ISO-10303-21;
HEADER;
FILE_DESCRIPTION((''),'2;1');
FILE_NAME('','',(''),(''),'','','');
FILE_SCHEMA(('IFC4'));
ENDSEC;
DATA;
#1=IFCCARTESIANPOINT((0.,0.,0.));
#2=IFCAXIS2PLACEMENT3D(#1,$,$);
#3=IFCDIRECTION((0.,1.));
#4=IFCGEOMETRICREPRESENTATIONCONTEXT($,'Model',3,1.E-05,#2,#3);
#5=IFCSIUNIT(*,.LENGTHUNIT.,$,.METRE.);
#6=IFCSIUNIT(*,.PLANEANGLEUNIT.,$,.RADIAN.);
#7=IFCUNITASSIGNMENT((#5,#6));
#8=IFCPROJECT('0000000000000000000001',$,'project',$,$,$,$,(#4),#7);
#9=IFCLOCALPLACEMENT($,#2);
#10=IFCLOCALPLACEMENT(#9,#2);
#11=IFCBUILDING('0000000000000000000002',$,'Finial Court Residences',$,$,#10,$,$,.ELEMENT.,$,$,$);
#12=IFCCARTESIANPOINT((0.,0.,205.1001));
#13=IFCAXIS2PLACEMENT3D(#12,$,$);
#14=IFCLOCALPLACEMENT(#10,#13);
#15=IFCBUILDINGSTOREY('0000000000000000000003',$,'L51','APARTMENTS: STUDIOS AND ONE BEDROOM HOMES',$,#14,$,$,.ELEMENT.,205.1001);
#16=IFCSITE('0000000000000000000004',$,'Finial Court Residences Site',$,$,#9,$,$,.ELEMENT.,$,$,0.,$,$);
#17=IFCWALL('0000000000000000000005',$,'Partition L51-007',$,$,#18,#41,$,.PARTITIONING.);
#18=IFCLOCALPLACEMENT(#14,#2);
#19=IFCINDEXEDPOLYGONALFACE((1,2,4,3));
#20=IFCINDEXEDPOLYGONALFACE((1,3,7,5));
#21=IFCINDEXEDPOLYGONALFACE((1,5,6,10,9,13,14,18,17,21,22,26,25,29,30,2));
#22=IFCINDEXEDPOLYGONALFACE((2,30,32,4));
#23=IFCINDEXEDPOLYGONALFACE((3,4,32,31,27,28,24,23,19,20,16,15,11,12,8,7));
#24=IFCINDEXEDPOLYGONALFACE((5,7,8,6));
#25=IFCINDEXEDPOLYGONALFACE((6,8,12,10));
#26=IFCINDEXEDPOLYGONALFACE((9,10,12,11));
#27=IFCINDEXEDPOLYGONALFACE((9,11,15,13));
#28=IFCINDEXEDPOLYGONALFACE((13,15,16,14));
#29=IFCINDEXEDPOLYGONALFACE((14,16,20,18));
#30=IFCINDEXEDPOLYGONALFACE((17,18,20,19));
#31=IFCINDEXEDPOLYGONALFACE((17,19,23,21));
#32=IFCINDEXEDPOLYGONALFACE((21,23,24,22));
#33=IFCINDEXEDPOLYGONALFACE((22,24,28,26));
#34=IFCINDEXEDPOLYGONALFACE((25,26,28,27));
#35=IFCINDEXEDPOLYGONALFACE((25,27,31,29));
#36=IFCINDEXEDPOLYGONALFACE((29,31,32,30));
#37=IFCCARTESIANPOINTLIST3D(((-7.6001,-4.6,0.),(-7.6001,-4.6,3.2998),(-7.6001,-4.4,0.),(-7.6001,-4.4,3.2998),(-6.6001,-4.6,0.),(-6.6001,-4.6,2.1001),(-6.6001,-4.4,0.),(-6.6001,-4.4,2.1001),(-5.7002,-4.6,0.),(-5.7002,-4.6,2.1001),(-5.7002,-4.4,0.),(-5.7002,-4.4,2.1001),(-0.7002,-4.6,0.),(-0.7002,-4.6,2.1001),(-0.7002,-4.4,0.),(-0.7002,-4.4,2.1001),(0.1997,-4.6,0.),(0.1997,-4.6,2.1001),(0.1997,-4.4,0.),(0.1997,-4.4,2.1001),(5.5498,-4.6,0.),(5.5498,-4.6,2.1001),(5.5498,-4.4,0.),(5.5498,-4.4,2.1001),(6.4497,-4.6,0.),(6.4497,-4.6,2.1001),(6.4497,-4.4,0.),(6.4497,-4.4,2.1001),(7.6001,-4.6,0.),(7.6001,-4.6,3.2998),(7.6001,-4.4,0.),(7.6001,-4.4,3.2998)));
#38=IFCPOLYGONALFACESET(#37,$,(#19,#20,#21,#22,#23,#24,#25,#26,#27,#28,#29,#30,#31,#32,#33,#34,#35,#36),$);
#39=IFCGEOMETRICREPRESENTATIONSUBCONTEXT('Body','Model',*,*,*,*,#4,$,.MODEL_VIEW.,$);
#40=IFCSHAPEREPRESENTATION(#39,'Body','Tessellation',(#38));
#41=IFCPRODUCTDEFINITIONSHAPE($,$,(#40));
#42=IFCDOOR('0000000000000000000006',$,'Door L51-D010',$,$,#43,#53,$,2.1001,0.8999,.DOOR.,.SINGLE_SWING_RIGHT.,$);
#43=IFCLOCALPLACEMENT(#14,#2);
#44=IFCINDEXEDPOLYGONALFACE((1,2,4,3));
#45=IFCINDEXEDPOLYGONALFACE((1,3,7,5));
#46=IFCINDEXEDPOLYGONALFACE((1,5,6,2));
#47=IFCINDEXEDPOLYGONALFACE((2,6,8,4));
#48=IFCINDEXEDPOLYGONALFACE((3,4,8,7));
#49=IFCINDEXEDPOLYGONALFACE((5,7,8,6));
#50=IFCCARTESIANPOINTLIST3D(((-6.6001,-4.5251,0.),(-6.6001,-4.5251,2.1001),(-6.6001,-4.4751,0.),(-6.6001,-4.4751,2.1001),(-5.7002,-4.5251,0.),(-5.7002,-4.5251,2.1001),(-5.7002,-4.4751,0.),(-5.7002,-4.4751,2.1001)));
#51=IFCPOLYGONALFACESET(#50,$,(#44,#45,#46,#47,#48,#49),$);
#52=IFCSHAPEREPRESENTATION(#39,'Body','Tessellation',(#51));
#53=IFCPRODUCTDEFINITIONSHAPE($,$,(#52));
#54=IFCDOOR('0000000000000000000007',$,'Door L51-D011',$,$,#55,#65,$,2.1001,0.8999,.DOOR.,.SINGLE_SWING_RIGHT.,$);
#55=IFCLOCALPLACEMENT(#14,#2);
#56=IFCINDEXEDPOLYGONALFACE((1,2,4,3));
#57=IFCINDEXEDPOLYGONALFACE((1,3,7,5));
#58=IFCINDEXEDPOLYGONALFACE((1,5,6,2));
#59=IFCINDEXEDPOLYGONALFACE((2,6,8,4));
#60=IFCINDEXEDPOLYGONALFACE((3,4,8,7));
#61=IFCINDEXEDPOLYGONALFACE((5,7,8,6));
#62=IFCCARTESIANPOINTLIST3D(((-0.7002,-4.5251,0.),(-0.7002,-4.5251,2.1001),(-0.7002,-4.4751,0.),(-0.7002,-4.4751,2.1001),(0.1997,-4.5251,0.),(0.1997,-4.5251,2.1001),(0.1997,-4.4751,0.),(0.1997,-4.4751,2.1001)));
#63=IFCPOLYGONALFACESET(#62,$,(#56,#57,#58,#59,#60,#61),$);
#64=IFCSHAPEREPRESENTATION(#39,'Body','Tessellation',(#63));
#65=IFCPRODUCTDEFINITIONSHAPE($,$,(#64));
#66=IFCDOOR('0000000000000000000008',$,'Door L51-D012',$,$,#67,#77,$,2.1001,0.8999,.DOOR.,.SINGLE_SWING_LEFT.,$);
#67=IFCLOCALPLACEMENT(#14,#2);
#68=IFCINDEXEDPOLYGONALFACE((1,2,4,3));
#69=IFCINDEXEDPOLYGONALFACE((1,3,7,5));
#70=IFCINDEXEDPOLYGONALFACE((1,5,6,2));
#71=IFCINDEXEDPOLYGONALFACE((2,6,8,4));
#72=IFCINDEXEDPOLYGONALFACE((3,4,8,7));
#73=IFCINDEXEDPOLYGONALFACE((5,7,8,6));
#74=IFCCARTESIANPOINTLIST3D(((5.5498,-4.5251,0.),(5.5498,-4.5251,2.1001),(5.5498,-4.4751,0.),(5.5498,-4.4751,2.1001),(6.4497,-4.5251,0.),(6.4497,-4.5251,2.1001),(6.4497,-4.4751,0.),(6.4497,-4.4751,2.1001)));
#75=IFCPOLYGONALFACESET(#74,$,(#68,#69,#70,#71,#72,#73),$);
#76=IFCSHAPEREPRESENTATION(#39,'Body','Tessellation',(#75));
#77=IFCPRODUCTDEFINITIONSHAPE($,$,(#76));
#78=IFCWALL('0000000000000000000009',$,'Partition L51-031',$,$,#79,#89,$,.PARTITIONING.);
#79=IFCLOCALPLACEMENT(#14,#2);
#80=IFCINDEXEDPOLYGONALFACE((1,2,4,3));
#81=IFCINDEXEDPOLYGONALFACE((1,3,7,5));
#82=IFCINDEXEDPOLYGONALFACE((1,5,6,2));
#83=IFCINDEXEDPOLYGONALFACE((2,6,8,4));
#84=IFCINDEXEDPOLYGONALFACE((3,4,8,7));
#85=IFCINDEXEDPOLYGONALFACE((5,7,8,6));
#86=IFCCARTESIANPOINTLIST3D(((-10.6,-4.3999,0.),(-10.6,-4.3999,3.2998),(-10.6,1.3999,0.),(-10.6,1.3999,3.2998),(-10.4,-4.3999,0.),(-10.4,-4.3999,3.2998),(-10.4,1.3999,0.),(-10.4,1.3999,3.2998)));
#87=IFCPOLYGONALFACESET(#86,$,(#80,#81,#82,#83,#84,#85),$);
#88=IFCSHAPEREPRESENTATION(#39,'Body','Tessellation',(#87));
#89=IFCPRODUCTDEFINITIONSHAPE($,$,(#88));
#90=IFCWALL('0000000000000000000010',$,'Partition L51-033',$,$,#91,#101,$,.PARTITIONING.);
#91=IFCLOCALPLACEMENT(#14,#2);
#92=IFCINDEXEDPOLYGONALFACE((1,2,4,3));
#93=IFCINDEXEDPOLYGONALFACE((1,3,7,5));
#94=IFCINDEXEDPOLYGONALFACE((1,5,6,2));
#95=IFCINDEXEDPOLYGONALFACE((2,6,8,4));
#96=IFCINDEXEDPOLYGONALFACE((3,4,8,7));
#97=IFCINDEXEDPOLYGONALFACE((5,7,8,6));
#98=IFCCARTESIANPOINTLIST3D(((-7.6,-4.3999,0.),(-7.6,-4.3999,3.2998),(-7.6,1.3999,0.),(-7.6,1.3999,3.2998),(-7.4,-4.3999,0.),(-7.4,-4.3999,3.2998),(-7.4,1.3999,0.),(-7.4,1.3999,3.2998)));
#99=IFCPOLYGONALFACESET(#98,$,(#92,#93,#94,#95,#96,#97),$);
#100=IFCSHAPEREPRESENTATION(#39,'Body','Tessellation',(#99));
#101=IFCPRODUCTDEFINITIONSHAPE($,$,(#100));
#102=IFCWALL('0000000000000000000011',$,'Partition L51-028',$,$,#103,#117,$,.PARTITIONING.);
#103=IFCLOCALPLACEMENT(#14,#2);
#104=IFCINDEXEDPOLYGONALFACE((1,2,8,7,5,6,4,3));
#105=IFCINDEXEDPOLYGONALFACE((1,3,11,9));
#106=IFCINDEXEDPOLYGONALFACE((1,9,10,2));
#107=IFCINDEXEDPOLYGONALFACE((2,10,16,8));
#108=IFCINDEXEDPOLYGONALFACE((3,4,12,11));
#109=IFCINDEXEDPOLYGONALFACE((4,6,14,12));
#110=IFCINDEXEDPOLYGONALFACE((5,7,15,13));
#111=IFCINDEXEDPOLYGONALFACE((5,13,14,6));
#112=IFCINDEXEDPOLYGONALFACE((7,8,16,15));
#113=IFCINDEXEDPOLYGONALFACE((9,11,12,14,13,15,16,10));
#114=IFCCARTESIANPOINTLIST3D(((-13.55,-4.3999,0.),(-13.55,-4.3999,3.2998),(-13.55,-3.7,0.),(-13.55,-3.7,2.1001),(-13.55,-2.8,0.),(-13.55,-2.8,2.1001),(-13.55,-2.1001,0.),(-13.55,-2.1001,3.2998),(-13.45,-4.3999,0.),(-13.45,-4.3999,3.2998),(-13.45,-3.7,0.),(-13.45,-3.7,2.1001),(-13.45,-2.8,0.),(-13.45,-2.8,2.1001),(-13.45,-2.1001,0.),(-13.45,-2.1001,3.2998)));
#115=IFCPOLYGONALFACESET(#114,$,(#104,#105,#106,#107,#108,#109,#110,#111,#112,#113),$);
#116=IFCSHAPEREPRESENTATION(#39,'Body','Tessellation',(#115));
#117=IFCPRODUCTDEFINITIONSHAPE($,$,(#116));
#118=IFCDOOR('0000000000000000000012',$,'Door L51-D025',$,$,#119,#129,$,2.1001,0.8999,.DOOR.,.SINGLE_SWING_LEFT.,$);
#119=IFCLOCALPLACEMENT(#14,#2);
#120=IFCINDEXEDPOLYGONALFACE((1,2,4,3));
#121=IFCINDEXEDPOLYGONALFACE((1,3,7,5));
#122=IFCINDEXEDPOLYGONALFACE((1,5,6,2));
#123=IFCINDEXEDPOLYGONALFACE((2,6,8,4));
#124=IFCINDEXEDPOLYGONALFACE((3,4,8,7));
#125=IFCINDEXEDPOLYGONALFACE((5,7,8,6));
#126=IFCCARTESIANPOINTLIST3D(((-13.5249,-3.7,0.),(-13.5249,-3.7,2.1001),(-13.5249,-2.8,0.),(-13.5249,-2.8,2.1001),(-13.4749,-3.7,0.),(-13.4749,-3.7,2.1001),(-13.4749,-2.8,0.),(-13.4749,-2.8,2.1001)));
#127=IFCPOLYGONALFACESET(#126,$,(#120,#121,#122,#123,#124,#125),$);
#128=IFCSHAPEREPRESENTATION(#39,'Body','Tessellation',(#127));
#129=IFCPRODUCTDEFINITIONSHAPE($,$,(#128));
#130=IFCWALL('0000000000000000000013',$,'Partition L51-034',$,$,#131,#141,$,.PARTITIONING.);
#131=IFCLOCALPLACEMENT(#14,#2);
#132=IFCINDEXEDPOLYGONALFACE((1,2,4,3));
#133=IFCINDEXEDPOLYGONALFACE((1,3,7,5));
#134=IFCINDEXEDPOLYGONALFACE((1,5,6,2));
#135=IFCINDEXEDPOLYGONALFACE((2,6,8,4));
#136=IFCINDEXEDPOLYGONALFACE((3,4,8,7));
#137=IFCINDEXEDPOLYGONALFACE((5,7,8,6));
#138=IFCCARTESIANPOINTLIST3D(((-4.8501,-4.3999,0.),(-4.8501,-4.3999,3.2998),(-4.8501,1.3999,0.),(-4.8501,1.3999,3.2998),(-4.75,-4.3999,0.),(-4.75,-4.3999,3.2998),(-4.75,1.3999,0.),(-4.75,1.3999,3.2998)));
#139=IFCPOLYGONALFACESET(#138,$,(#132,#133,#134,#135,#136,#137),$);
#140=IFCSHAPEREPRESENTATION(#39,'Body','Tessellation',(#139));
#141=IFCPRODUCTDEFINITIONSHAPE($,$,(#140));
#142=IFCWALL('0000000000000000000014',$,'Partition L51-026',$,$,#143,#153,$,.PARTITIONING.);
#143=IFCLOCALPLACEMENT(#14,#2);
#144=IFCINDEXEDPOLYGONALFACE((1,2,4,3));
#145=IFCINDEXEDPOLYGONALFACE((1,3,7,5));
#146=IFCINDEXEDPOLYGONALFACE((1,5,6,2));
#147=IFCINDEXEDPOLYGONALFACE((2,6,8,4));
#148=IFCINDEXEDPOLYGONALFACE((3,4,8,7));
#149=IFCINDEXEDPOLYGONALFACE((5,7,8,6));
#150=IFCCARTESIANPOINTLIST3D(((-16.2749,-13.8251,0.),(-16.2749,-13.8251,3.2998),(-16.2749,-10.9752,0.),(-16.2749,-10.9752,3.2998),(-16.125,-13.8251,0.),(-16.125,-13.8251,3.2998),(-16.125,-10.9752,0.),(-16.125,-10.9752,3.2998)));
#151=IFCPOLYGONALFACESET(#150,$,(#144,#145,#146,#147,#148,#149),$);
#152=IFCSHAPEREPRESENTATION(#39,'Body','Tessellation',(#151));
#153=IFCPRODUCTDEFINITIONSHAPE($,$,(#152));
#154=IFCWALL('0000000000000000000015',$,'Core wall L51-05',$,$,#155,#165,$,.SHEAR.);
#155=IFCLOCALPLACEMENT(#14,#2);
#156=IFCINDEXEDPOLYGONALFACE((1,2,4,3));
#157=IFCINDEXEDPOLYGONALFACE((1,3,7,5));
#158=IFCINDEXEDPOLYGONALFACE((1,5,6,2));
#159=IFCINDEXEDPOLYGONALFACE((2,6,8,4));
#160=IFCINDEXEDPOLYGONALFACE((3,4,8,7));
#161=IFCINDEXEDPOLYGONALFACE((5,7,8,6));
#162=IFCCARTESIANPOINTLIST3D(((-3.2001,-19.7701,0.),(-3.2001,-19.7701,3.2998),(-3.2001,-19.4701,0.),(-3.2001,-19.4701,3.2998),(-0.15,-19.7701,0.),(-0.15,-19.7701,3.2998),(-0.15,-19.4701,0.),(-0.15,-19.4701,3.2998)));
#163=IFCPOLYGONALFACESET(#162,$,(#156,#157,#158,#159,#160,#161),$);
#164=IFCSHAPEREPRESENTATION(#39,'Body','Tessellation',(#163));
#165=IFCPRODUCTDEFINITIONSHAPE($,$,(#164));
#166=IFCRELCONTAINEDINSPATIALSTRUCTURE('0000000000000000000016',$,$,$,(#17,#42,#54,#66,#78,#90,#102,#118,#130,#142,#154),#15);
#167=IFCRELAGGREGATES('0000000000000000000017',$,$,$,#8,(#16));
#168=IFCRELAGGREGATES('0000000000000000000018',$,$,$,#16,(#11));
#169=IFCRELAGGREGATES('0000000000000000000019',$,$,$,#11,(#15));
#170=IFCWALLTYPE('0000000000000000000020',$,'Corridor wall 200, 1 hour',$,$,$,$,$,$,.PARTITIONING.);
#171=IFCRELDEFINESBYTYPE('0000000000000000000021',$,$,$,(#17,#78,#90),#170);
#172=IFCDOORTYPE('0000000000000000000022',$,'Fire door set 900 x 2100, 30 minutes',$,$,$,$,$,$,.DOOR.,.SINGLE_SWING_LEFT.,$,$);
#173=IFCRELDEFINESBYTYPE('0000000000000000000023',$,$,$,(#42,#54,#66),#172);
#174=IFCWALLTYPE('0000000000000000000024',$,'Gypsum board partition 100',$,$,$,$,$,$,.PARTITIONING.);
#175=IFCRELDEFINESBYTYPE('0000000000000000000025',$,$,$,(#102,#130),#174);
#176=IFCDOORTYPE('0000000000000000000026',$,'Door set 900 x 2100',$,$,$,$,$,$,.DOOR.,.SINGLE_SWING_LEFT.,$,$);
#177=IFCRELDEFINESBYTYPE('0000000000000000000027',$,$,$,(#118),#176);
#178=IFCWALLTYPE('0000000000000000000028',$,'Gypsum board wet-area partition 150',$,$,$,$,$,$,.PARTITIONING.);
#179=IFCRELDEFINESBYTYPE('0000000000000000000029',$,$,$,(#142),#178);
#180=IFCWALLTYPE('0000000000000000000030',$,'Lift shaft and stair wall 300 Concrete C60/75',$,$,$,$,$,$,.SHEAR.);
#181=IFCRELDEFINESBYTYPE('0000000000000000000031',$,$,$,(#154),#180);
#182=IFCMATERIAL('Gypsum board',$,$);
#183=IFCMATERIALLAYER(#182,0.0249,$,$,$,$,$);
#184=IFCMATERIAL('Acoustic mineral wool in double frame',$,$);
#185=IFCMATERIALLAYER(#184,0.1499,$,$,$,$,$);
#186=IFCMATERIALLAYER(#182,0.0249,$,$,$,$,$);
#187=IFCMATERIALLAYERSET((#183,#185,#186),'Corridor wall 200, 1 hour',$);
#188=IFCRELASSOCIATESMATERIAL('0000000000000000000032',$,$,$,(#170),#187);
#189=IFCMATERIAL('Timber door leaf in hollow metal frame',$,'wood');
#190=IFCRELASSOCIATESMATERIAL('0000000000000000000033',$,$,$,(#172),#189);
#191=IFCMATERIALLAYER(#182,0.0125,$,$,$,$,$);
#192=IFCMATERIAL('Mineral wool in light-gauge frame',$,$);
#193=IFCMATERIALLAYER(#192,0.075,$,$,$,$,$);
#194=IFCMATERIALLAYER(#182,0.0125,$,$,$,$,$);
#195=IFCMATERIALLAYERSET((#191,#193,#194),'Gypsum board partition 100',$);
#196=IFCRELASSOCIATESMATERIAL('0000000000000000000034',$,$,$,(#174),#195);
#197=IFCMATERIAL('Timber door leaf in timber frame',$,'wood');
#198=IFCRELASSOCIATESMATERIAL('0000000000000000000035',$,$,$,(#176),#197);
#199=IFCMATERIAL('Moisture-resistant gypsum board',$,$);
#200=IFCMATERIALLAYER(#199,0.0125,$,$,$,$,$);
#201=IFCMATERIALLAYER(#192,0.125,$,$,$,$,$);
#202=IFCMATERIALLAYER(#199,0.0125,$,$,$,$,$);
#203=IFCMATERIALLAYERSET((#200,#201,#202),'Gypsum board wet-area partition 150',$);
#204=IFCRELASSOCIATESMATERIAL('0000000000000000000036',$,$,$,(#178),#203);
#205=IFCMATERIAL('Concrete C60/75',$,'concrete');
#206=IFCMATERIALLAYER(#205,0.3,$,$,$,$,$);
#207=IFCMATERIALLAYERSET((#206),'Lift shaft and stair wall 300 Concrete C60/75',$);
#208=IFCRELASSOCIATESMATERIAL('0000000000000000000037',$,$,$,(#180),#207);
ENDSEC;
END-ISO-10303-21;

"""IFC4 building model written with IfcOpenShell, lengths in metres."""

from ifc_helpers import new_model, si_unit, direction, frame, frame_2d, origin, place, context, subcontext, project, spatial, rectangle, extrude, material, layer, layer_set, type_object, element, fill, save


model = new_model("IFC4")

# Units and contexts
model_context = context("Model", 3, precision=1e-05, world=origin(), true_north=direction((0.0, 1.0)))
body_context = subcontext(model_context, "Body", "Model", "MODEL_VIEW")
ifc_project = project(units=[si_unit("LENGTHUNIT", "METRE"), si_unit("PLANEANGLEUNIT", "RADIAN")], contexts=[model_context])

# Site, building, storey
site_placement = place(None, origin())
site = spatial("IfcSite", under=ifc_project, at=site_placement, Name="Finial Court Residences Site", CompositionType="ELEMENT", RefElevation=0.0)
building_placement = place(site_placement, origin())
building = spatial("IfcBuilding", under=site, at=building_placement, Name="Finial Court Residences", CompositionType="ELEMENT")
storey_placement = place(building_placement, frame((0.0, 0.0, 205.1001)))
storey = spatial("IfcBuildingStorey", under=building, at=storey_placement, Name="L51", Description="APARTMENTS: STUDIOS AND ONE BEDROOM HOMES", CompositionType="ELEMENT", Elevation=205.1001)

# Shared definitions
ifc_material_1 = material(Name="Concrete C60/75", Category="concrete")

# Wall, openings, doors
ifc_material_2 = material(Name="Gypsum board")
ifc_layer_1 = layer(ifc_material_2, 0.0249)
ifc_material_3 = material(Name="Acoustic mineral wool in double frame")
ifc_layer_2 = layer(ifc_material_3, 0.1499)
ifc_layer_3 = layer(ifc_material_2, 0.0249)
ifc_layer_set_1 = layer_set([ifc_layer_1, ifc_layer_2, ifc_layer_3], Name="Corridor wall 200, 1 hour")
wall_type_1 = type_object("IfcWallType", Name="Corridor wall 200, 1 hour", PredefinedType="PARTITIONING", material=ifc_layer_set_1)
wall_1_placement = place(storey_placement, frame((-7.6001, -4.5, 0.0), z_axis=(0.0, 0.0, 1.0), x_axis=(1.0, 0.0, 0.0)))
wall_1 = element("IfcWall", 1, at=wall_1_placement, inside=storey, type_object=wall_type_1, Name="Partition L51-007", PredefinedType="PARTITIONING", context=body_context, shape_type="SweptSolid", body=[
    extrude(rectangle(XDim=15.2002, YDim=0.2, at=frame_2d((7.6001, 0.0))), origin(), (0.0, 0.0, 1.0), 3.2998),
])
opening_1_placement = place(wall_1_placement, frame((1.0, 0.0, 0.0)))
opening_1 = element("IfcOpeningElement", 2, at=opening_1_placement, cuts=wall_1, PredefinedType="OPENING", context=body_context, shape_type="SweptSolid", body=[
    extrude(rectangle(XDim=0.8999, YDim=2.1001, at=frame_2d((0.45, 1.05))), frame((0.0, 0.1099, 0.0), z_axis=(0.0, -1.0, 0.0), x_axis=(1.0, 0.0, 0.0)), (0.0, 0.0, 1.0), 0.22),
])
opening_2_placement = place(wall_1_placement, frame((6.8999, 0.0, 0.0)))
opening_2 = element("IfcOpeningElement", 3, at=opening_2_placement, cuts=wall_1, PredefinedType="OPENING", context=body_context, shape_type="SweptSolid", body=[
    extrude(rectangle(XDim=0.8999, YDim=2.1001, at=frame_2d((0.45, 1.05))), frame((0.0, 0.1099, 0.0), z_axis=(0.0, -1.0, 0.0), x_axis=(1.0, 0.0, 0.0)), (0.0, 0.0, 1.0), 0.22),
])
opening_3_placement = place(wall_1_placement, frame((13.1499, 0.0, 0.0)))
opening_3 = element("IfcOpeningElement", 4, at=opening_3_placement, cuts=wall_1, PredefinedType="OPENING", context=body_context, shape_type="SweptSolid", body=[
    extrude(rectangle(XDim=0.8999, YDim=2.1001, at=frame_2d((0.45, 1.05))), frame((0.0, 0.1099, 0.0), z_axis=(0.0, -1.0, 0.0), x_axis=(1.0, 0.0, 0.0)), (0.0, 0.0, 1.0), 0.22),
])
ifc_material_4 = material(Name="Timber door leaf in hollow metal frame", Category="wood")
door_type_1 = type_object("IfcDoorType", Name="Fire door set 900 x 2100, 30 minutes", OperationType="SINGLE_SWING_LEFT", PredefinedType="DOOR", material=ifc_material_4)
door_1_placement = place(opening_1_placement, origin())
door_1 = element("IfcDoor", 5, at=door_1_placement, inside=storey, type_object=door_type_1, Name="Door L51-D010", OperationType="SINGLE_SWING_RIGHT", OverallHeight=2.1001, OverallWidth=0.8999, PredefinedType="DOOR", context=body_context, shape_type="SweptSolid", body=[
    extrude(rectangle(XDim=0.8999, YDim=2.1001, at=frame_2d((0.45, 1.05))), frame((0.0, 0.0249, 0.0), z_axis=(0.0, -1.0, 0.0), x_axis=(1.0, 0.0, 0.0)), (0.0, 0.0, 1.0), 0.05),
])
fill(opening_1, door_1)
door_2_placement = place(opening_2_placement, origin())
door_2 = element("IfcDoor", 6, at=door_2_placement, inside=storey, type_object=door_type_1, Name="Door L51-D011", OperationType="SINGLE_SWING_RIGHT", OverallHeight=2.1001, OverallWidth=0.8999, PredefinedType="DOOR", context=body_context, shape_type="SweptSolid", body=[
    extrude(rectangle(XDim=0.8999, YDim=2.1001, at=frame_2d((0.45, 1.05))), frame((0.0, 0.0249, 0.0), z_axis=(0.0, -1.0, 0.0), x_axis=(1.0, 0.0, 0.0)), (0.0, 0.0, 1.0), 0.05),
])
fill(opening_2, door_2)
door_3_placement = place(opening_3_placement, origin())
door_3 = element("IfcDoor", 7, at=door_3_placement, inside=storey, type_object=door_type_1, Name="Door L51-D012", OperationType="SINGLE_SWING_LEFT", OverallHeight=2.1001, OverallWidth=0.8999, PredefinedType="DOOR", context=body_context, shape_type="SweptSolid", body=[
    extrude(rectangle(XDim=0.8999, YDim=2.1001, at=frame_2d((0.45, 1.05))), frame((0.0, 0.0249, 0.0), z_axis=(0.0, -1.0, 0.0), x_axis=(1.0, 0.0, 0.0)), (0.0, 0.0, 1.0), 0.05),
])
fill(opening_3, door_3)

# Walls
for number, where, z_axis, x_axis, name in (
    (8, (-10.5, -4.3999, 0.0), (0.0, 0.0, 1.0), (0.0, 1.0, 0.0), "Partition L51-031"),
    (9, (-7.5, -4.3999, 0.0), (0.0, 0.0, 1.0), (0.0, 1.0, 0.0), "Partition L51-033"),
):
    element("IfcWall", number, at=place(storey_placement, frame(where, z_axis=z_axis, x_axis=x_axis)), inside=storey, type_object=wall_type_1, Name=name, PredefinedType="PARTITIONING", context=body_context, shape_type="SweptSolid", body=[
        extrude(rectangle(XDim=5.7998, YDim=0.2, at=frame_2d((2.8999, 0.0))), origin(), (0.0, 0.0, 1.0), 3.2998),
    ])

# Wall, opening, door
ifc_layer_4 = layer(ifc_material_2, 0.0125)
ifc_material_5 = material(Name="Mineral wool in light-gauge frame")
ifc_layer_5 = layer(ifc_material_5, 0.075)
ifc_layer_6 = layer(ifc_material_2, 0.0125)
ifc_layer_set_2 = layer_set([ifc_layer_4, ifc_layer_5, ifc_layer_6], Name="Gypsum board partition 100")
wall_type_2 = type_object("IfcWallType", Name="Gypsum board partition 100", PredefinedType="PARTITIONING", material=ifc_layer_set_2)
wall_2_placement = place(storey_placement, frame((-13.5, -4.3999, 0.0), z_axis=(0.0, 0.0, 1.0), x_axis=(0.0, 1.0, 0.0)))
wall_2 = element("IfcWall", 10, at=wall_2_placement, inside=storey, type_object=wall_type_2, Name="Partition L51-028", PredefinedType="PARTITIONING", context=body_context, shape_type="SweptSolid", body=[
    extrude(rectangle(XDim=2.2998, YDim=0.1001, at=frame_2d((1.1499, 0.0))), origin(), (0.0, 0.0, 1.0), 3.2998),
])
opening_4_placement = place(wall_2_placement, frame((0.7, 0.0, 0.0)))
opening_4 = element("IfcOpeningElement", 11, at=opening_4_placement, cuts=wall_2, PredefinedType="OPENING", context=body_context, shape_type="SweptSolid", body=[
    extrude(rectangle(XDim=0.8999, YDim=2.1001, at=frame_2d((0.45, 1.05))), frame((0.0, 0.0601, 0.0), z_axis=(0.0, -1.0, 0.0), x_axis=(1.0, 0.0, 0.0)), (0.0, 0.0, 1.0), 0.1201),
])
ifc_material_6 = material(Name="Timber door leaf in timber frame", Category="wood")
door_type_2 = type_object("IfcDoorType", Name="Door set 900 x 2100", OperationType="SINGLE_SWING_LEFT", PredefinedType="DOOR", material=ifc_material_6)
door_4_placement = place(opening_4_placement, origin())
door_4 = element("IfcDoor", 12, at=door_4_placement, inside=storey, type_object=door_type_2, Name="Door L51-D025", OperationType="SINGLE_SWING_LEFT", OverallHeight=2.1001, OverallWidth=0.8999, PredefinedType="DOOR", context=body_context, shape_type="SweptSolid", body=[
    extrude(rectangle(XDim=0.8999, YDim=2.1001, at=frame_2d((0.45, 1.05))), frame((0.0, 0.0249, 0.0), z_axis=(0.0, -1.0, 0.0), x_axis=(1.0, 0.0, 0.0)), (0.0, 0.0, 1.0), 0.05),
])
fill(opening_4, door_4)

# Walls
wall_3_placement = place(storey_placement, frame((-4.8, -4.3999, 0.0), z_axis=(0.0, 0.0, 1.0), x_axis=(0.0, 1.0, 0.0)))
element("IfcWall", 13, at=wall_3_placement, inside=storey, type_object=wall_type_2, Name="Partition L51-034", PredefinedType="PARTITIONING", context=body_context, shape_type="SweptSolid", body=[
    extrude(rectangle(XDim=5.7998, YDim=0.1001, at=frame_2d((2.8999, 0.0))), origin(), (0.0, 0.0, 1.0), 3.2998),
])
ifc_material_7 = material(Name="Moisture-resistant gypsum board")
ifc_layer_7 = layer(ifc_material_7, 0.0125)
ifc_layer_8 = layer(ifc_material_5, 0.125)
ifc_layer_9 = layer(ifc_material_7, 0.0125)
ifc_layer_set_3 = layer_set([ifc_layer_7, ifc_layer_8, ifc_layer_9], Name="Gypsum board wet-area partition 150")
wall_type_3 = type_object("IfcWallType", Name="Gypsum board wet-area partition 150", PredefinedType="PARTITIONING", material=ifc_layer_set_3)
wall_4_placement = place(storey_placement, frame((-16.2, -13.825, 0.0), z_axis=(0.0, 0.0, 1.0), x_axis=(0.0, 1.0, 0.0)))
element("IfcWall", 14, at=wall_4_placement, inside=storey, type_object=wall_type_3, Name="Partition L51-026", PredefinedType="PARTITIONING", context=body_context, shape_type="SweptSolid", body=[
    extrude(rectangle(XDim=2.8499, YDim=0.1499, at=frame_2d((1.4248, 0.0))), origin(), (0.0, 0.0, 1.0), 3.2998),
])
ifc_layer_10 = layer(ifc_material_1, 0.3)
ifc_layer_set_4 = layer_set([ifc_layer_10], Name="Lift shaft and stair wall 300 Concrete C60/75")
wall_type_4 = type_object("IfcWallType", Name="Lift shaft and stair wall 300 Concrete C60/75", PredefinedType="SHEAR", material=ifc_layer_set_4)
wall_5_placement = place(storey_placement, frame((-3.2, -19.6201, 0.0), z_axis=(0.0, 0.0, 1.0), x_axis=(1.0, 0.0, 0.0)))
element("IfcWall", 15, at=wall_5_placement, inside=storey, type_object=wall_type_4, Name="Core wall L51-05", PredefinedType="SHEAR", context=body_context, shape_type="SweptSolid", body=[
    extrude(rectangle(XDim=3.05, YDim=0.3, at=frame_2d((1.5249, 0.0))), origin(), (0.0, 0.0, 1.0), 3.2998),
])

save(model, "model.ifc")
